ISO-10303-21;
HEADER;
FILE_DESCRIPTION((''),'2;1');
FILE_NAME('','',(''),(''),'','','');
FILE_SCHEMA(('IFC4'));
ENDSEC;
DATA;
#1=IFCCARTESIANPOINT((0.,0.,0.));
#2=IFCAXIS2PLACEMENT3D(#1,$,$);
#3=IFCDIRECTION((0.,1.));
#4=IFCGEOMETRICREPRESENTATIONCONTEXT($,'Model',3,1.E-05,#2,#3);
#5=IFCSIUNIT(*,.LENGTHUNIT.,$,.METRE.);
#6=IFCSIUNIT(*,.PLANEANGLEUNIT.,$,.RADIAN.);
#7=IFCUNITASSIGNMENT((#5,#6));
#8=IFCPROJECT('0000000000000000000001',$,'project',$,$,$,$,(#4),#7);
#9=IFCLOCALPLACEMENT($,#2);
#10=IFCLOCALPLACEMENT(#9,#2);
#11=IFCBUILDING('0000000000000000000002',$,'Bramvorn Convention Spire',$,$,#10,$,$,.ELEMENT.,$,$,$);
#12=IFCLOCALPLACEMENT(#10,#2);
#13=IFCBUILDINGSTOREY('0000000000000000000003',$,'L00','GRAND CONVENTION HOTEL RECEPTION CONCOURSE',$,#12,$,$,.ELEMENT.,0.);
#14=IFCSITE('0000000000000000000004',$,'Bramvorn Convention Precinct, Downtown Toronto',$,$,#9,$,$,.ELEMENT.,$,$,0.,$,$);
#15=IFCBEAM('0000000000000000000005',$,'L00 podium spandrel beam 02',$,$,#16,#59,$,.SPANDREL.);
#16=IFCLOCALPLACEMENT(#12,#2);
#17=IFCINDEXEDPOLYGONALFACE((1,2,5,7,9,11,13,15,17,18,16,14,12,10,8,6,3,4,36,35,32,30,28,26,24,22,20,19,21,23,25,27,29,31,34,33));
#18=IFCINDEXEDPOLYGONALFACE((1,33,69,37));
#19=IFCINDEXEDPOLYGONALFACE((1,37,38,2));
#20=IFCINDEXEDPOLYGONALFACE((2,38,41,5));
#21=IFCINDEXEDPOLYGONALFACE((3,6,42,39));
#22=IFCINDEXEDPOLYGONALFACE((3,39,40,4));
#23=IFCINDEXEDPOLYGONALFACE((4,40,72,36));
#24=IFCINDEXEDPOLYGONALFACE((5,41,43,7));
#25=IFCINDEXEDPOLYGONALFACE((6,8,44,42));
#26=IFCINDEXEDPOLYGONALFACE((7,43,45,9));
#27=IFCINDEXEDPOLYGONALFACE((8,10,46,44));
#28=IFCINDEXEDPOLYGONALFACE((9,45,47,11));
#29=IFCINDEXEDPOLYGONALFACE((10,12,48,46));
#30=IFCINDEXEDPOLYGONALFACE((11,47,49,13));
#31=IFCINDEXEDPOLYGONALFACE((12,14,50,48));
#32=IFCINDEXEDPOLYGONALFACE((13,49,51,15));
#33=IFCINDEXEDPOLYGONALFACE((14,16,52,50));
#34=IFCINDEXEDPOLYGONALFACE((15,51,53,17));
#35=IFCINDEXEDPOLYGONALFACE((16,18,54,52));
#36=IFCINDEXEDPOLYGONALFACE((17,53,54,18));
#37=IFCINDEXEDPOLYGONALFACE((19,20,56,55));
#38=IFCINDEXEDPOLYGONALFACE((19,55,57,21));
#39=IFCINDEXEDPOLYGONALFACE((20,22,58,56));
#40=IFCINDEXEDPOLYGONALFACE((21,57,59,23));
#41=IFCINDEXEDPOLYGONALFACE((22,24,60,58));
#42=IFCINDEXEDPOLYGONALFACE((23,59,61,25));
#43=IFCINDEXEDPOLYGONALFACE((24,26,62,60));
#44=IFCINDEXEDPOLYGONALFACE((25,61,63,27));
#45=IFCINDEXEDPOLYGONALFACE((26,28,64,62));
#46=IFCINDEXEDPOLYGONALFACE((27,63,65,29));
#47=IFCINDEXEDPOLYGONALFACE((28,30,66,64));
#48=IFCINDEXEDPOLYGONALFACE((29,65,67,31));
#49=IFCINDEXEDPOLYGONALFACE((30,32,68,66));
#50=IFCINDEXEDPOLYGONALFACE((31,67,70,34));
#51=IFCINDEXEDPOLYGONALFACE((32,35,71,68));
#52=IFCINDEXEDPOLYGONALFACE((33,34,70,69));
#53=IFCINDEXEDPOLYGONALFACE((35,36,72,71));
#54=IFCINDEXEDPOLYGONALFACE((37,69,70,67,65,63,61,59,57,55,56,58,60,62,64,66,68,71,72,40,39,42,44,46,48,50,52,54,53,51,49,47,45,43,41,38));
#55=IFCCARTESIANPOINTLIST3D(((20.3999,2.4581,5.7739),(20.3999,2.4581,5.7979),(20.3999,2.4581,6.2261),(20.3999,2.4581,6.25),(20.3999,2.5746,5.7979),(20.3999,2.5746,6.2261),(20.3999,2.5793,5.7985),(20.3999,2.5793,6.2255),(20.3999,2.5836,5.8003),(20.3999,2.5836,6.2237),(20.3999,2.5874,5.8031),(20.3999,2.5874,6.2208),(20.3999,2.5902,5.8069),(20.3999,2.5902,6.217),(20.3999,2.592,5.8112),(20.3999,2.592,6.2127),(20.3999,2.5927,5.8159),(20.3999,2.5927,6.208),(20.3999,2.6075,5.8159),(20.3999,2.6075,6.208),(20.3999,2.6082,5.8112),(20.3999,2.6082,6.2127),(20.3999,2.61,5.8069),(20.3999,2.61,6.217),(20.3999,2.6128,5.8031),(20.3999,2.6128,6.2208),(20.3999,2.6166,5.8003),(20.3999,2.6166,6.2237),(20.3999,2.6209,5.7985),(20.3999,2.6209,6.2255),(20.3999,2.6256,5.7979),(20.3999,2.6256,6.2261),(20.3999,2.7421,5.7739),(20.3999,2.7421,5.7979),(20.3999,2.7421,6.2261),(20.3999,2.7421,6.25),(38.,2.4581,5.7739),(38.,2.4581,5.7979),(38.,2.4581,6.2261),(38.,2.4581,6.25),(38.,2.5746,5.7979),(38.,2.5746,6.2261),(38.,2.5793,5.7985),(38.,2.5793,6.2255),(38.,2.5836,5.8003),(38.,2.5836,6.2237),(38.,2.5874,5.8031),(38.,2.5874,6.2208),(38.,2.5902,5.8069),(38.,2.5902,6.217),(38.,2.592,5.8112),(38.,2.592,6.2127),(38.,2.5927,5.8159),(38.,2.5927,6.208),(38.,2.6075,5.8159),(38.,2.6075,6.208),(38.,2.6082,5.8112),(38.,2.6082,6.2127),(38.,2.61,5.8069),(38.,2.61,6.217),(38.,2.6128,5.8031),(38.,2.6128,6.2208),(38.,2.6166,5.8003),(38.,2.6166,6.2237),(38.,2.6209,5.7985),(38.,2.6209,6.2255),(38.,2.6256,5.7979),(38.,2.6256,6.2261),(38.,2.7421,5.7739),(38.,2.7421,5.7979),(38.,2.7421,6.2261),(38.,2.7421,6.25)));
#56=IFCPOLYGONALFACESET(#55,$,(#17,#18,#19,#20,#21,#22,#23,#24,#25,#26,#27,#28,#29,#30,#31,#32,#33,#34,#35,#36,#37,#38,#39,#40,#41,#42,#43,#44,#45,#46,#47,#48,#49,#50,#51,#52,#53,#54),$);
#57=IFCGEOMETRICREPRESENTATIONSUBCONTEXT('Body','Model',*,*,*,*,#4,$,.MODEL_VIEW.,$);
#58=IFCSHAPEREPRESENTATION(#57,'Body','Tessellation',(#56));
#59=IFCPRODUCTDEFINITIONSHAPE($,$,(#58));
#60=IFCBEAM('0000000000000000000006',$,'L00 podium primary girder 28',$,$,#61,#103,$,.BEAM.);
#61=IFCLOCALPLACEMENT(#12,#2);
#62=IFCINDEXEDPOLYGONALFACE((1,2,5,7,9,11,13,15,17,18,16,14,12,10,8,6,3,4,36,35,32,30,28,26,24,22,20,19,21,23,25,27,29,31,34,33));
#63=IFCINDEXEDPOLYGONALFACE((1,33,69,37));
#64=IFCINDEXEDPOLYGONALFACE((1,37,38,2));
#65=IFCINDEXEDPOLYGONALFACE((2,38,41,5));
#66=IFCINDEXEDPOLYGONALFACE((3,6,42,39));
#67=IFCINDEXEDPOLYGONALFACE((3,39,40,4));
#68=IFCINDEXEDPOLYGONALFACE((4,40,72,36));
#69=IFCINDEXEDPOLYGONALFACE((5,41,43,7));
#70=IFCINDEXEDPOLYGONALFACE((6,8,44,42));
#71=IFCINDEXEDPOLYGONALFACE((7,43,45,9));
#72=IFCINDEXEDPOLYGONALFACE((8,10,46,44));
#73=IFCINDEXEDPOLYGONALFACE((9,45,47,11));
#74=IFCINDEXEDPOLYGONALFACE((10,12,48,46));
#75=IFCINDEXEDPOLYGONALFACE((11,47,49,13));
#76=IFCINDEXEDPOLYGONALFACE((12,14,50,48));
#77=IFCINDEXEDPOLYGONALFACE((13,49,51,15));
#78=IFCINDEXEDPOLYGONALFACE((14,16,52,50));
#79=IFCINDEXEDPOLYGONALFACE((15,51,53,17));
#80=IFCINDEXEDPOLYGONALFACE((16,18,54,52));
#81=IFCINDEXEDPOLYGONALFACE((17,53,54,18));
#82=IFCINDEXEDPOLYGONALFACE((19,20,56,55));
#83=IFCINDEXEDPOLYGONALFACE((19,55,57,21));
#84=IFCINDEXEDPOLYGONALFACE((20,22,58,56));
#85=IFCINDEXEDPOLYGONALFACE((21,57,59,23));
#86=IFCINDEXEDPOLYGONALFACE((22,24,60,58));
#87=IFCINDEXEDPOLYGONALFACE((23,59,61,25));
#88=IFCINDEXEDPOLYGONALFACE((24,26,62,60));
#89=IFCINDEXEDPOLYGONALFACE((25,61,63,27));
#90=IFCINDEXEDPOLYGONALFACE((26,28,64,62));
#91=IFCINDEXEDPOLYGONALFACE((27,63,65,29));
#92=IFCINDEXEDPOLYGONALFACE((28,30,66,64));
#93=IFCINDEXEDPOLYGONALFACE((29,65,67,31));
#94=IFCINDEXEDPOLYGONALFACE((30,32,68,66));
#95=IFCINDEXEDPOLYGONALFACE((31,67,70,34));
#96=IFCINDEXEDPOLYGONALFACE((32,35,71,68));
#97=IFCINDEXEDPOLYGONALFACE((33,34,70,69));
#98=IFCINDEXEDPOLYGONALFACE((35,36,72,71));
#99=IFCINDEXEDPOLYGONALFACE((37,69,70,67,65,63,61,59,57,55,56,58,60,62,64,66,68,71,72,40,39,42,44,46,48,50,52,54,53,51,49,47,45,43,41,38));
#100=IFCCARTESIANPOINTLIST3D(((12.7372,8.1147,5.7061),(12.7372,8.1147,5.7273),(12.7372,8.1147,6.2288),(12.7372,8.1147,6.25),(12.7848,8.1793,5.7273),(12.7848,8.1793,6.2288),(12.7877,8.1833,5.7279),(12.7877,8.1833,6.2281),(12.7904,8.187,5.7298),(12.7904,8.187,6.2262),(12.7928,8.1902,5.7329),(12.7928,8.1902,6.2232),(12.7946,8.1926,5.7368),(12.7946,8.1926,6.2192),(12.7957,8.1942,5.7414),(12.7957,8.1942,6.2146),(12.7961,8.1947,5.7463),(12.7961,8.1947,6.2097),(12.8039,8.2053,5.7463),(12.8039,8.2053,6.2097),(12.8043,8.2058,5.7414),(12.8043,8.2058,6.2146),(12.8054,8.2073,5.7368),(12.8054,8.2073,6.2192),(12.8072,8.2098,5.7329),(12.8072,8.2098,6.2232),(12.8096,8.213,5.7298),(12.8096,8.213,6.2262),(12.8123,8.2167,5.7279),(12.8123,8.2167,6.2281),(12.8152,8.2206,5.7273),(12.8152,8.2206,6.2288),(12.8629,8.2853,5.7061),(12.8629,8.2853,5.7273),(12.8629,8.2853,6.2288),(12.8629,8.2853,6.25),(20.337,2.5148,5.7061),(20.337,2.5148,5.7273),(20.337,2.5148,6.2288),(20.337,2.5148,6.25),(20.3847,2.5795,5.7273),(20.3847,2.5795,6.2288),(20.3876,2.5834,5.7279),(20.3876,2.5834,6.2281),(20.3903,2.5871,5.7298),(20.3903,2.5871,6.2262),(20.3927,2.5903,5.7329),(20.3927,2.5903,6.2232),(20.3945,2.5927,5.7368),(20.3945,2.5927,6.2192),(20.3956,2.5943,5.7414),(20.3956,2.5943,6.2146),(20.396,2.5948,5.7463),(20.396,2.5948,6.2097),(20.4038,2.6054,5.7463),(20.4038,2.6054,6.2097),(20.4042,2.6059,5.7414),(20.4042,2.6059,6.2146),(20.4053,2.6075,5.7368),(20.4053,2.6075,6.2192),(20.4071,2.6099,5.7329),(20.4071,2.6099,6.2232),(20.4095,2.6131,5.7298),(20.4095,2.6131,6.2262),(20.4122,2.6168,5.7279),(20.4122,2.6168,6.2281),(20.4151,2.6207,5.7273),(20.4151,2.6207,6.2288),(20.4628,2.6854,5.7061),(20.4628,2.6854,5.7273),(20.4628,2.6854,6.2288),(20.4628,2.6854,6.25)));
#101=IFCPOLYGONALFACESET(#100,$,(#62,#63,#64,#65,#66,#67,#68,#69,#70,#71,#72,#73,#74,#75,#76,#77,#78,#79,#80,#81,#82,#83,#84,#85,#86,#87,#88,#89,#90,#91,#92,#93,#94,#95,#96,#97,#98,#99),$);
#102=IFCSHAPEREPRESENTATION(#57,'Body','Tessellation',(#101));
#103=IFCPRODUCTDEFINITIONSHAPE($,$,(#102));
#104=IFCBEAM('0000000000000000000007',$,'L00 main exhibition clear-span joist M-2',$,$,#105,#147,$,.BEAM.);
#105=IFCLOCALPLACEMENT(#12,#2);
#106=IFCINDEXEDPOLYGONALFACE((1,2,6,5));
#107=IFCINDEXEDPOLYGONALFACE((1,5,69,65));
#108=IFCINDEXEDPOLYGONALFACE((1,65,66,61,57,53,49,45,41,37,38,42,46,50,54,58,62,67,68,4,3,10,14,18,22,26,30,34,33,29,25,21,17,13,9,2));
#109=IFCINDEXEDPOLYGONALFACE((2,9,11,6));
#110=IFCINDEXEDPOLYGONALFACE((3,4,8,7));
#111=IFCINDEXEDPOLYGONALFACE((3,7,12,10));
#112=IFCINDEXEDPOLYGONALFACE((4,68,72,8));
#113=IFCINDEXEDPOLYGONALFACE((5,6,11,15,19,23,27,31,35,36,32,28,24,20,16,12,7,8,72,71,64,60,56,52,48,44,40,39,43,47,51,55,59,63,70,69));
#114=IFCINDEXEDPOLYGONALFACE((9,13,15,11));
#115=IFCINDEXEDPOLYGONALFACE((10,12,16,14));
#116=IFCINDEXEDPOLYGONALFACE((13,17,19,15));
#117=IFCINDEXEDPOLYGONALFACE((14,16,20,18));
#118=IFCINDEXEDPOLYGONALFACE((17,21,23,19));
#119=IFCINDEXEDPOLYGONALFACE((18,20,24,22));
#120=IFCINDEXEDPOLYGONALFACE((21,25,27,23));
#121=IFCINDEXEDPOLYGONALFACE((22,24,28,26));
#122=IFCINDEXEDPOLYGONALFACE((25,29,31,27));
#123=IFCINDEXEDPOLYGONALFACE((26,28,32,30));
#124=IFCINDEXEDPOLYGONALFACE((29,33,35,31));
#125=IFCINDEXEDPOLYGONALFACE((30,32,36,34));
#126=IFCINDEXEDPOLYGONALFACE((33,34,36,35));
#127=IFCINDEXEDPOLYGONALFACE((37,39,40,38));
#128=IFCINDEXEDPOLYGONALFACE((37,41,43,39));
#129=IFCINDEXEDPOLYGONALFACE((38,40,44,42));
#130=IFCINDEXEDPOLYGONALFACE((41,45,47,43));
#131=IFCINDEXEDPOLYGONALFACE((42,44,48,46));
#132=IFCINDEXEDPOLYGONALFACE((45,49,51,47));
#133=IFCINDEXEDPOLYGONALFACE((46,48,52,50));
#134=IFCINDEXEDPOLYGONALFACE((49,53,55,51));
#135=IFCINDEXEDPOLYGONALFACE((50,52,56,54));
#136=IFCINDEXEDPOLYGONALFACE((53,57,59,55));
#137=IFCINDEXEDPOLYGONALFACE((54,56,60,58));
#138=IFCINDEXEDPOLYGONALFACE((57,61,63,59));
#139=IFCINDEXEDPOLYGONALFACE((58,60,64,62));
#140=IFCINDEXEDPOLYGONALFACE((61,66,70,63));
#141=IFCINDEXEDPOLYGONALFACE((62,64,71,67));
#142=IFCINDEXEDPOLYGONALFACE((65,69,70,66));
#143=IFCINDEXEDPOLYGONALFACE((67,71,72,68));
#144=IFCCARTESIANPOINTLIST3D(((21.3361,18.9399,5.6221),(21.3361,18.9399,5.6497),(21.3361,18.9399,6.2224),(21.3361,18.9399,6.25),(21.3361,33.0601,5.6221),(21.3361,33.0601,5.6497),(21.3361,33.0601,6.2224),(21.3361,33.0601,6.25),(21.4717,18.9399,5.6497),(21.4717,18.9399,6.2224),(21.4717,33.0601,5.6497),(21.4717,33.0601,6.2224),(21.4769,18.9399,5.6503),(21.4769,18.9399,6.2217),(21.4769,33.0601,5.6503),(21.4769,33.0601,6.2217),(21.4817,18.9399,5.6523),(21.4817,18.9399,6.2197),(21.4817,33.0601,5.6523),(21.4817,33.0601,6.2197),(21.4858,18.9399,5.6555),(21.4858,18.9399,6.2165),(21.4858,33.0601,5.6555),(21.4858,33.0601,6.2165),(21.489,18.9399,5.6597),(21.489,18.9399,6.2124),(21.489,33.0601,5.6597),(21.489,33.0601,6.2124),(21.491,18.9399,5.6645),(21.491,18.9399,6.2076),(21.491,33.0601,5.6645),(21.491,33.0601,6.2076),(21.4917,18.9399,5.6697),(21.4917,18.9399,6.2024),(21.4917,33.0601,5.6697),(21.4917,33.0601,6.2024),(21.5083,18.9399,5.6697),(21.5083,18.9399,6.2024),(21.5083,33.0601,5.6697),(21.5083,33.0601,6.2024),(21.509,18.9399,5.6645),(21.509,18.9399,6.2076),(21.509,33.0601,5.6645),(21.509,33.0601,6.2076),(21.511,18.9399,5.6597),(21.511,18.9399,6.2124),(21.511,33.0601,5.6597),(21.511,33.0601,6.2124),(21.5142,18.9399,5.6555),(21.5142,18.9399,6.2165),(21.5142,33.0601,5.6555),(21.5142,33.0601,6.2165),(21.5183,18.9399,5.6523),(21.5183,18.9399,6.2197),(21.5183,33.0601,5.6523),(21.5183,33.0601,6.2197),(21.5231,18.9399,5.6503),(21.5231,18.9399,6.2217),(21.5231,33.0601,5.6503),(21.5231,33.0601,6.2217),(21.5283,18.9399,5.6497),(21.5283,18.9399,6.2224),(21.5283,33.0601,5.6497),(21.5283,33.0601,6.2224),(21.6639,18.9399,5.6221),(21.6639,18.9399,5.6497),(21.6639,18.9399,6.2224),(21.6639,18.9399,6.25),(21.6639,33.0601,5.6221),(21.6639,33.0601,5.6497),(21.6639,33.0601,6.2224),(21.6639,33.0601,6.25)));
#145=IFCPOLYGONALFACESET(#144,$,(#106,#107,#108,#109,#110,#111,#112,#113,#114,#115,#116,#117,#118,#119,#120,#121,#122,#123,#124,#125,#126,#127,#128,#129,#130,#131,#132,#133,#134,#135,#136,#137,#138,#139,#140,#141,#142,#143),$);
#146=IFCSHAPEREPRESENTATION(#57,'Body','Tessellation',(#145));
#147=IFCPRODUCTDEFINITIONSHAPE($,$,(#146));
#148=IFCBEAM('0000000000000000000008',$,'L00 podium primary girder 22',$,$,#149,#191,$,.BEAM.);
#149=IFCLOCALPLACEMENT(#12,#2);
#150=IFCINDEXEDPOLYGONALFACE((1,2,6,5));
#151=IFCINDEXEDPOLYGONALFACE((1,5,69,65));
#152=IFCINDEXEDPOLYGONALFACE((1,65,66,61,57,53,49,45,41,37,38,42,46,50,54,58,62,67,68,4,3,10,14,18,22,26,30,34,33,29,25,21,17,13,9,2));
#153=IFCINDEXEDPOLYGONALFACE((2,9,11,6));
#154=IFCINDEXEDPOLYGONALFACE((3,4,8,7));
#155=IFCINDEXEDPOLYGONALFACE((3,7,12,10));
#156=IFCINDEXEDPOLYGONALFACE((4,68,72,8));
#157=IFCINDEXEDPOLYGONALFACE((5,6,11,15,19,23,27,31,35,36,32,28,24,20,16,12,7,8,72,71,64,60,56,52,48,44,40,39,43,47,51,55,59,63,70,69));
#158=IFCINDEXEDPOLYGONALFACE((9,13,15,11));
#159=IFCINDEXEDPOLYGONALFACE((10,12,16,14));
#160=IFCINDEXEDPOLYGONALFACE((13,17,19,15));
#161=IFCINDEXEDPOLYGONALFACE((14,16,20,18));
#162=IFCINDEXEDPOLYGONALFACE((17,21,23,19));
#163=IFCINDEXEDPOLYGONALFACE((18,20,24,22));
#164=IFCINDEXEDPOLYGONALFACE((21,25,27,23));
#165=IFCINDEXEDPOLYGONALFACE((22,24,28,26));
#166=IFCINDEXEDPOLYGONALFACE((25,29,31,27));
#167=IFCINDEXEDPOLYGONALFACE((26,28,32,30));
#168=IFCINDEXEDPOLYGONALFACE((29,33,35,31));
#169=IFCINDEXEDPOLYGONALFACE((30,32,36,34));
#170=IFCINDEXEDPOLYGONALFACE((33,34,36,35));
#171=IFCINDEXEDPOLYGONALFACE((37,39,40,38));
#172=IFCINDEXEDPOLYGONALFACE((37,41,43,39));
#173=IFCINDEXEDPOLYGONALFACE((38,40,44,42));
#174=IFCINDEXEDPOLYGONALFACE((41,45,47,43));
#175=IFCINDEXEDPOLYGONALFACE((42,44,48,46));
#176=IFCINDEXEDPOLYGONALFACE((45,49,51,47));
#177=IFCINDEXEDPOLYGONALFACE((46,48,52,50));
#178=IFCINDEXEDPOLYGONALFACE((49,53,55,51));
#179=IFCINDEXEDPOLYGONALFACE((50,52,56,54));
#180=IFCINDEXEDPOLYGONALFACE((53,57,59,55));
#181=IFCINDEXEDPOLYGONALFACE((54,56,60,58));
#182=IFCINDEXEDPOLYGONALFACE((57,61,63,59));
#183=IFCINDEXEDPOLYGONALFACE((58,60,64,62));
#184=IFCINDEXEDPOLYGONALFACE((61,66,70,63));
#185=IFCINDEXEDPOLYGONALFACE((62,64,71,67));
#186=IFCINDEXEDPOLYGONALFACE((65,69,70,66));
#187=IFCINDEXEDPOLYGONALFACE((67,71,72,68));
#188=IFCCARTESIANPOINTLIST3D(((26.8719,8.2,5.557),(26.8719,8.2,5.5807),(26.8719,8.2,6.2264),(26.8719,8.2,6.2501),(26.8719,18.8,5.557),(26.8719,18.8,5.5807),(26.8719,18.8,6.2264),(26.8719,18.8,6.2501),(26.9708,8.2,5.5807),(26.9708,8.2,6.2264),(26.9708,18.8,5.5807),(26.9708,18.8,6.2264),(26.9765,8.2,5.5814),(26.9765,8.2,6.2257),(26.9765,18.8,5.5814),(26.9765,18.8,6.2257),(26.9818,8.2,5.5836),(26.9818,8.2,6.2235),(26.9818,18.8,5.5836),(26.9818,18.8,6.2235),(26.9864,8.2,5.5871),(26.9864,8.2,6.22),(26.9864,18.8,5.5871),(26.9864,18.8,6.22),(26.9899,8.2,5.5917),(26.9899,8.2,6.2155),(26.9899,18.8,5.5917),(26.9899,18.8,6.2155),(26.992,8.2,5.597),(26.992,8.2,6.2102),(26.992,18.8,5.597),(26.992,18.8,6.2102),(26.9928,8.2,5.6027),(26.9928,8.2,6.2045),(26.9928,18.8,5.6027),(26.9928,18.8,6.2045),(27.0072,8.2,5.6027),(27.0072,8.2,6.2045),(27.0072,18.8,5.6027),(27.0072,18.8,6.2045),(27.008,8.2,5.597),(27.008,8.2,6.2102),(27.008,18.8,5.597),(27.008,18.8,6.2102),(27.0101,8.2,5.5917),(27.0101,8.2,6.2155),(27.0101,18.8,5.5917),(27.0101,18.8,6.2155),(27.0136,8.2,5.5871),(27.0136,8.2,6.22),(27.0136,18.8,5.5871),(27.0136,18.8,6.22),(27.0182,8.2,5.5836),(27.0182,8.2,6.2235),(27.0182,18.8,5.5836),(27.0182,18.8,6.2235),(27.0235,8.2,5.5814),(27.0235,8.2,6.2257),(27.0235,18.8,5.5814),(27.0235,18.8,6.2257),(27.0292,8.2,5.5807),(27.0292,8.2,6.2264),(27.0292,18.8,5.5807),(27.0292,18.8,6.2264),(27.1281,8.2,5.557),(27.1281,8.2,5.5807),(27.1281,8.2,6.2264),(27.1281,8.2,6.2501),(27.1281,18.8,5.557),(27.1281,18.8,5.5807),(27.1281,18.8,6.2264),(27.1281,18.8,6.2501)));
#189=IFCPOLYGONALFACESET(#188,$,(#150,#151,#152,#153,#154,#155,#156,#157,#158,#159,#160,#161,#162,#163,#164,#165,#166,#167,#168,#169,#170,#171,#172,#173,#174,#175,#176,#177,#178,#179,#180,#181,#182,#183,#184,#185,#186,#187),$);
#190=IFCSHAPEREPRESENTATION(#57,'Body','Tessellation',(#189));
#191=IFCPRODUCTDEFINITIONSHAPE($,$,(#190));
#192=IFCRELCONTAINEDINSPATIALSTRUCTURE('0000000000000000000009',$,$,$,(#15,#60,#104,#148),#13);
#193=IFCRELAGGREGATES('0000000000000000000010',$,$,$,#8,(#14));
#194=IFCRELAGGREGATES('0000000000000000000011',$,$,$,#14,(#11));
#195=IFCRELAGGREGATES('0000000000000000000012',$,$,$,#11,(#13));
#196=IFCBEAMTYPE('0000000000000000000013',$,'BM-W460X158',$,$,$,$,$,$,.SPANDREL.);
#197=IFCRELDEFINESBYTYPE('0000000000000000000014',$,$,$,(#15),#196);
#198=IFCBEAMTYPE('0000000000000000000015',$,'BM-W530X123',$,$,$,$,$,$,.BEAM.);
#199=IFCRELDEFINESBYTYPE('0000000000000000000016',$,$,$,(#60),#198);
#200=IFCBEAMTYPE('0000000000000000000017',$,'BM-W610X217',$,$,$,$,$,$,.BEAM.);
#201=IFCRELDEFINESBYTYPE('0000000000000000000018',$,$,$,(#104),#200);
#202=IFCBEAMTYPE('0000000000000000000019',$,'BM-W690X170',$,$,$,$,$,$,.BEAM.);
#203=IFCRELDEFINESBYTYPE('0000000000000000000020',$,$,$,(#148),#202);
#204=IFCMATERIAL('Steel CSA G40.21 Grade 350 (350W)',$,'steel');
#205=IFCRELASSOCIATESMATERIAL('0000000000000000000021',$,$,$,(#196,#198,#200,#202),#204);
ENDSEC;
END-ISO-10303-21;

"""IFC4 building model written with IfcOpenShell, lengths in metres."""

from ifc_helpers import new_model, si_unit, direction, frame, origin, origin_2d, place, context, subcontext, project, spatial, i_section, extrude, material, material_profile, profile_set, type_object, element, save


model = new_model("IFC4")

# Units and contexts
model_context = context("Model", 3, precision=1e-05, world=origin(), true_north=direction((0.0, 1.0)))
body_context = subcontext(model_context, "Body", "Model", "MODEL_VIEW")
ifc_project = project(units=[si_unit("LENGTHUNIT", "METRE"), si_unit("PLANEANGLEUNIT", "RADIAN")], contexts=[model_context])

# Site, building, storey
site_placement = place(None, origin())
site = spatial("IfcSite", under=ifc_project, at=site_placement, Name="Bramvorn Convention Precinct, Downtown Toronto", CompositionType="ELEMENT", RefElevation=0.0)
building_placement = place(site_placement, origin())
building = spatial("IfcBuilding", under=site, at=building_placement, Name="Bramvorn Convention Spire", CompositionType="ELEMENT")
storey_placement = place(building_placement, origin())
storey = spatial("IfcBuildingStorey", under=building, at=storey_placement, Name="L00", Description="GRAND CONVENTION HOTEL RECEPTION CONCOURSE", CompositionType="ELEMENT", Elevation=0.0)

# Shared definitions
ifc_material_1 = material(Name="Steel CSA G40.21 Grade 350 (350W)", Category="steel")

# Beams
ifc_material_profile_1 = material_profile(ifc_material_1, i_section(OverallWidth=0.2839, OverallDepth=0.4761, WebThickness=0.0149, FlangeThickness=0.0239, FilletRadius=0.0181, at=origin_2d()))
ifc_profile_set_1 = profile_set([ifc_material_profile_1], Name="Steel CSA G40.21 Grade 350 (350W) - W460X158")
beam_type_1 = type_object("IfcBeamType", Name="BM-W460X158", PredefinedType="SPANDREL", material=ifc_profile_set_1)
beam_1_placement = place(storey_placement, frame((20.3999, 2.6001, 6.012), z_axis=(1.0, 0.0, 0.0), x_axis=(0.0, 1.0, 0.0)))
element("IfcBeam", 1, at=beam_1_placement, inside=storey, type_object=beam_type_1, Name="L00 podium spandrel beam 02", PredefinedType="SPANDREL", context=body_context, shape_type="SweptSolid", body=[
    extrude(i_section(OverallWidth=0.2839, OverallDepth=0.4761, WebThickness=0.0149, FlangeThickness=0.0239, FilletRadius=0.0181, at=origin_2d()), origin(), (0.0, 0.0, 1.0), 17.6001),
])
ifc_material_profile_2 = material_profile(ifc_material_1, i_section(OverallWidth=0.2119, OverallDepth=0.5439, WebThickness=0.0132, FlangeThickness=0.0212, FilletRadius=0.019, at=origin_2d()))
ifc_profile_set_2 = profile_set([ifc_material_profile_2], Name="Steel CSA G40.21 Grade 350 (350W) - W530X123")
beam_type_2 = type_object("IfcBeamType", Name="BM-W530X123", PredefinedType="BEAM", material=ifc_profile_set_2)
beam_2_placement = place(storey_placement, frame((20.3999, 2.6001, 5.978), z_axis=(-0.805058, 0.593196, 0.0), x_axis=(-0.593196, -0.805058, 0.0)))
element("IfcBeam", 2, at=beam_2_placement, inside=storey, type_object=beam_type_2, Name="L00 podium primary girder 28", PredefinedType="BEAM", context=body_context, shape_type="SweptSolid", body=[
    extrude(i_section(OverallWidth=0.2119, OverallDepth=0.5439, WebThickness=0.0132, FlangeThickness=0.0212, FilletRadius=0.019, at=origin_2d()), origin(), (0.0, 0.0, 1.0), 9.4402),
])
ifc_material_profile_3 = material_profile(ifc_material_1, i_section(OverallWidth=0.3279, OverallDepth=0.6279, WebThickness=0.0166, FlangeThickness=0.0276, FilletRadius=0.02, at=origin_2d()))
ifc_profile_set_3 = profile_set([ifc_material_profile_3], Name="Steel CSA G40.21 Grade 350 (350W) - W610X217")
beam_type_3 = type_object("IfcBeamType", Name="BM-W610X217", PredefinedType="BEAM", material=ifc_profile_set_3)
beam_3_placement = place(storey_placement, frame((21.5, 18.9399, 5.936), z_axis=(0.0, 1.0, 0.0), x_axis=(-1.0, 0.0, 0.0)))
element("IfcBeam", 3, at=beam_3_placement, inside=storey, type_object=beam_type_3, Name="L00 main exhibition clear-span joist M-2", PredefinedType="BEAM", context=body_context, shape_type="SweptSolid", body=[
    extrude(i_section(OverallWidth=0.3279, OverallDepth=0.6279, WebThickness=0.0166, FlangeThickness=0.0276, FilletRadius=0.02, at=origin_2d()), origin(), (0.0, 0.0, 1.0), 14.1201),
])
ifc_material_profile_4 = material_profile(ifc_material_1, i_section(OverallWidth=0.2561, OverallDepth=0.6931, WebThickness=0.0144, FlangeThickness=0.0237, FilletRadius=0.022, at=origin_2d()))
ifc_profile_set_4 = profile_set([ifc_material_profile_4], Name="Steel CSA G40.21 Grade 350 (350W) - W690X170")
beam_type_4 = type_object("IfcBeamType", Name="BM-W690X170", PredefinedType="BEAM", material=ifc_profile_set_4)
beam_4_placement = place(storey_placement, frame((27.0, 8.2, 5.9036), z_axis=(0.0, 1.0, 0.0), x_axis=(-1.0, 0.0, 0.0)))
element("IfcBeam", 4, at=beam_4_placement, inside=storey, type_object=beam_type_4, Name="L00 podium primary girder 22", PredefinedType="BEAM", context=body_context, shape_type="SweptSolid", body=[
    extrude(i_section(OverallWidth=0.2561, OverallDepth=0.6931, WebThickness=0.0144, FlangeThickness=0.0237, FilletRadius=0.022, at=origin_2d()), origin(), (0.0, 0.0, 1.0), 10.6001),
])

save(model, "model.ifc")
